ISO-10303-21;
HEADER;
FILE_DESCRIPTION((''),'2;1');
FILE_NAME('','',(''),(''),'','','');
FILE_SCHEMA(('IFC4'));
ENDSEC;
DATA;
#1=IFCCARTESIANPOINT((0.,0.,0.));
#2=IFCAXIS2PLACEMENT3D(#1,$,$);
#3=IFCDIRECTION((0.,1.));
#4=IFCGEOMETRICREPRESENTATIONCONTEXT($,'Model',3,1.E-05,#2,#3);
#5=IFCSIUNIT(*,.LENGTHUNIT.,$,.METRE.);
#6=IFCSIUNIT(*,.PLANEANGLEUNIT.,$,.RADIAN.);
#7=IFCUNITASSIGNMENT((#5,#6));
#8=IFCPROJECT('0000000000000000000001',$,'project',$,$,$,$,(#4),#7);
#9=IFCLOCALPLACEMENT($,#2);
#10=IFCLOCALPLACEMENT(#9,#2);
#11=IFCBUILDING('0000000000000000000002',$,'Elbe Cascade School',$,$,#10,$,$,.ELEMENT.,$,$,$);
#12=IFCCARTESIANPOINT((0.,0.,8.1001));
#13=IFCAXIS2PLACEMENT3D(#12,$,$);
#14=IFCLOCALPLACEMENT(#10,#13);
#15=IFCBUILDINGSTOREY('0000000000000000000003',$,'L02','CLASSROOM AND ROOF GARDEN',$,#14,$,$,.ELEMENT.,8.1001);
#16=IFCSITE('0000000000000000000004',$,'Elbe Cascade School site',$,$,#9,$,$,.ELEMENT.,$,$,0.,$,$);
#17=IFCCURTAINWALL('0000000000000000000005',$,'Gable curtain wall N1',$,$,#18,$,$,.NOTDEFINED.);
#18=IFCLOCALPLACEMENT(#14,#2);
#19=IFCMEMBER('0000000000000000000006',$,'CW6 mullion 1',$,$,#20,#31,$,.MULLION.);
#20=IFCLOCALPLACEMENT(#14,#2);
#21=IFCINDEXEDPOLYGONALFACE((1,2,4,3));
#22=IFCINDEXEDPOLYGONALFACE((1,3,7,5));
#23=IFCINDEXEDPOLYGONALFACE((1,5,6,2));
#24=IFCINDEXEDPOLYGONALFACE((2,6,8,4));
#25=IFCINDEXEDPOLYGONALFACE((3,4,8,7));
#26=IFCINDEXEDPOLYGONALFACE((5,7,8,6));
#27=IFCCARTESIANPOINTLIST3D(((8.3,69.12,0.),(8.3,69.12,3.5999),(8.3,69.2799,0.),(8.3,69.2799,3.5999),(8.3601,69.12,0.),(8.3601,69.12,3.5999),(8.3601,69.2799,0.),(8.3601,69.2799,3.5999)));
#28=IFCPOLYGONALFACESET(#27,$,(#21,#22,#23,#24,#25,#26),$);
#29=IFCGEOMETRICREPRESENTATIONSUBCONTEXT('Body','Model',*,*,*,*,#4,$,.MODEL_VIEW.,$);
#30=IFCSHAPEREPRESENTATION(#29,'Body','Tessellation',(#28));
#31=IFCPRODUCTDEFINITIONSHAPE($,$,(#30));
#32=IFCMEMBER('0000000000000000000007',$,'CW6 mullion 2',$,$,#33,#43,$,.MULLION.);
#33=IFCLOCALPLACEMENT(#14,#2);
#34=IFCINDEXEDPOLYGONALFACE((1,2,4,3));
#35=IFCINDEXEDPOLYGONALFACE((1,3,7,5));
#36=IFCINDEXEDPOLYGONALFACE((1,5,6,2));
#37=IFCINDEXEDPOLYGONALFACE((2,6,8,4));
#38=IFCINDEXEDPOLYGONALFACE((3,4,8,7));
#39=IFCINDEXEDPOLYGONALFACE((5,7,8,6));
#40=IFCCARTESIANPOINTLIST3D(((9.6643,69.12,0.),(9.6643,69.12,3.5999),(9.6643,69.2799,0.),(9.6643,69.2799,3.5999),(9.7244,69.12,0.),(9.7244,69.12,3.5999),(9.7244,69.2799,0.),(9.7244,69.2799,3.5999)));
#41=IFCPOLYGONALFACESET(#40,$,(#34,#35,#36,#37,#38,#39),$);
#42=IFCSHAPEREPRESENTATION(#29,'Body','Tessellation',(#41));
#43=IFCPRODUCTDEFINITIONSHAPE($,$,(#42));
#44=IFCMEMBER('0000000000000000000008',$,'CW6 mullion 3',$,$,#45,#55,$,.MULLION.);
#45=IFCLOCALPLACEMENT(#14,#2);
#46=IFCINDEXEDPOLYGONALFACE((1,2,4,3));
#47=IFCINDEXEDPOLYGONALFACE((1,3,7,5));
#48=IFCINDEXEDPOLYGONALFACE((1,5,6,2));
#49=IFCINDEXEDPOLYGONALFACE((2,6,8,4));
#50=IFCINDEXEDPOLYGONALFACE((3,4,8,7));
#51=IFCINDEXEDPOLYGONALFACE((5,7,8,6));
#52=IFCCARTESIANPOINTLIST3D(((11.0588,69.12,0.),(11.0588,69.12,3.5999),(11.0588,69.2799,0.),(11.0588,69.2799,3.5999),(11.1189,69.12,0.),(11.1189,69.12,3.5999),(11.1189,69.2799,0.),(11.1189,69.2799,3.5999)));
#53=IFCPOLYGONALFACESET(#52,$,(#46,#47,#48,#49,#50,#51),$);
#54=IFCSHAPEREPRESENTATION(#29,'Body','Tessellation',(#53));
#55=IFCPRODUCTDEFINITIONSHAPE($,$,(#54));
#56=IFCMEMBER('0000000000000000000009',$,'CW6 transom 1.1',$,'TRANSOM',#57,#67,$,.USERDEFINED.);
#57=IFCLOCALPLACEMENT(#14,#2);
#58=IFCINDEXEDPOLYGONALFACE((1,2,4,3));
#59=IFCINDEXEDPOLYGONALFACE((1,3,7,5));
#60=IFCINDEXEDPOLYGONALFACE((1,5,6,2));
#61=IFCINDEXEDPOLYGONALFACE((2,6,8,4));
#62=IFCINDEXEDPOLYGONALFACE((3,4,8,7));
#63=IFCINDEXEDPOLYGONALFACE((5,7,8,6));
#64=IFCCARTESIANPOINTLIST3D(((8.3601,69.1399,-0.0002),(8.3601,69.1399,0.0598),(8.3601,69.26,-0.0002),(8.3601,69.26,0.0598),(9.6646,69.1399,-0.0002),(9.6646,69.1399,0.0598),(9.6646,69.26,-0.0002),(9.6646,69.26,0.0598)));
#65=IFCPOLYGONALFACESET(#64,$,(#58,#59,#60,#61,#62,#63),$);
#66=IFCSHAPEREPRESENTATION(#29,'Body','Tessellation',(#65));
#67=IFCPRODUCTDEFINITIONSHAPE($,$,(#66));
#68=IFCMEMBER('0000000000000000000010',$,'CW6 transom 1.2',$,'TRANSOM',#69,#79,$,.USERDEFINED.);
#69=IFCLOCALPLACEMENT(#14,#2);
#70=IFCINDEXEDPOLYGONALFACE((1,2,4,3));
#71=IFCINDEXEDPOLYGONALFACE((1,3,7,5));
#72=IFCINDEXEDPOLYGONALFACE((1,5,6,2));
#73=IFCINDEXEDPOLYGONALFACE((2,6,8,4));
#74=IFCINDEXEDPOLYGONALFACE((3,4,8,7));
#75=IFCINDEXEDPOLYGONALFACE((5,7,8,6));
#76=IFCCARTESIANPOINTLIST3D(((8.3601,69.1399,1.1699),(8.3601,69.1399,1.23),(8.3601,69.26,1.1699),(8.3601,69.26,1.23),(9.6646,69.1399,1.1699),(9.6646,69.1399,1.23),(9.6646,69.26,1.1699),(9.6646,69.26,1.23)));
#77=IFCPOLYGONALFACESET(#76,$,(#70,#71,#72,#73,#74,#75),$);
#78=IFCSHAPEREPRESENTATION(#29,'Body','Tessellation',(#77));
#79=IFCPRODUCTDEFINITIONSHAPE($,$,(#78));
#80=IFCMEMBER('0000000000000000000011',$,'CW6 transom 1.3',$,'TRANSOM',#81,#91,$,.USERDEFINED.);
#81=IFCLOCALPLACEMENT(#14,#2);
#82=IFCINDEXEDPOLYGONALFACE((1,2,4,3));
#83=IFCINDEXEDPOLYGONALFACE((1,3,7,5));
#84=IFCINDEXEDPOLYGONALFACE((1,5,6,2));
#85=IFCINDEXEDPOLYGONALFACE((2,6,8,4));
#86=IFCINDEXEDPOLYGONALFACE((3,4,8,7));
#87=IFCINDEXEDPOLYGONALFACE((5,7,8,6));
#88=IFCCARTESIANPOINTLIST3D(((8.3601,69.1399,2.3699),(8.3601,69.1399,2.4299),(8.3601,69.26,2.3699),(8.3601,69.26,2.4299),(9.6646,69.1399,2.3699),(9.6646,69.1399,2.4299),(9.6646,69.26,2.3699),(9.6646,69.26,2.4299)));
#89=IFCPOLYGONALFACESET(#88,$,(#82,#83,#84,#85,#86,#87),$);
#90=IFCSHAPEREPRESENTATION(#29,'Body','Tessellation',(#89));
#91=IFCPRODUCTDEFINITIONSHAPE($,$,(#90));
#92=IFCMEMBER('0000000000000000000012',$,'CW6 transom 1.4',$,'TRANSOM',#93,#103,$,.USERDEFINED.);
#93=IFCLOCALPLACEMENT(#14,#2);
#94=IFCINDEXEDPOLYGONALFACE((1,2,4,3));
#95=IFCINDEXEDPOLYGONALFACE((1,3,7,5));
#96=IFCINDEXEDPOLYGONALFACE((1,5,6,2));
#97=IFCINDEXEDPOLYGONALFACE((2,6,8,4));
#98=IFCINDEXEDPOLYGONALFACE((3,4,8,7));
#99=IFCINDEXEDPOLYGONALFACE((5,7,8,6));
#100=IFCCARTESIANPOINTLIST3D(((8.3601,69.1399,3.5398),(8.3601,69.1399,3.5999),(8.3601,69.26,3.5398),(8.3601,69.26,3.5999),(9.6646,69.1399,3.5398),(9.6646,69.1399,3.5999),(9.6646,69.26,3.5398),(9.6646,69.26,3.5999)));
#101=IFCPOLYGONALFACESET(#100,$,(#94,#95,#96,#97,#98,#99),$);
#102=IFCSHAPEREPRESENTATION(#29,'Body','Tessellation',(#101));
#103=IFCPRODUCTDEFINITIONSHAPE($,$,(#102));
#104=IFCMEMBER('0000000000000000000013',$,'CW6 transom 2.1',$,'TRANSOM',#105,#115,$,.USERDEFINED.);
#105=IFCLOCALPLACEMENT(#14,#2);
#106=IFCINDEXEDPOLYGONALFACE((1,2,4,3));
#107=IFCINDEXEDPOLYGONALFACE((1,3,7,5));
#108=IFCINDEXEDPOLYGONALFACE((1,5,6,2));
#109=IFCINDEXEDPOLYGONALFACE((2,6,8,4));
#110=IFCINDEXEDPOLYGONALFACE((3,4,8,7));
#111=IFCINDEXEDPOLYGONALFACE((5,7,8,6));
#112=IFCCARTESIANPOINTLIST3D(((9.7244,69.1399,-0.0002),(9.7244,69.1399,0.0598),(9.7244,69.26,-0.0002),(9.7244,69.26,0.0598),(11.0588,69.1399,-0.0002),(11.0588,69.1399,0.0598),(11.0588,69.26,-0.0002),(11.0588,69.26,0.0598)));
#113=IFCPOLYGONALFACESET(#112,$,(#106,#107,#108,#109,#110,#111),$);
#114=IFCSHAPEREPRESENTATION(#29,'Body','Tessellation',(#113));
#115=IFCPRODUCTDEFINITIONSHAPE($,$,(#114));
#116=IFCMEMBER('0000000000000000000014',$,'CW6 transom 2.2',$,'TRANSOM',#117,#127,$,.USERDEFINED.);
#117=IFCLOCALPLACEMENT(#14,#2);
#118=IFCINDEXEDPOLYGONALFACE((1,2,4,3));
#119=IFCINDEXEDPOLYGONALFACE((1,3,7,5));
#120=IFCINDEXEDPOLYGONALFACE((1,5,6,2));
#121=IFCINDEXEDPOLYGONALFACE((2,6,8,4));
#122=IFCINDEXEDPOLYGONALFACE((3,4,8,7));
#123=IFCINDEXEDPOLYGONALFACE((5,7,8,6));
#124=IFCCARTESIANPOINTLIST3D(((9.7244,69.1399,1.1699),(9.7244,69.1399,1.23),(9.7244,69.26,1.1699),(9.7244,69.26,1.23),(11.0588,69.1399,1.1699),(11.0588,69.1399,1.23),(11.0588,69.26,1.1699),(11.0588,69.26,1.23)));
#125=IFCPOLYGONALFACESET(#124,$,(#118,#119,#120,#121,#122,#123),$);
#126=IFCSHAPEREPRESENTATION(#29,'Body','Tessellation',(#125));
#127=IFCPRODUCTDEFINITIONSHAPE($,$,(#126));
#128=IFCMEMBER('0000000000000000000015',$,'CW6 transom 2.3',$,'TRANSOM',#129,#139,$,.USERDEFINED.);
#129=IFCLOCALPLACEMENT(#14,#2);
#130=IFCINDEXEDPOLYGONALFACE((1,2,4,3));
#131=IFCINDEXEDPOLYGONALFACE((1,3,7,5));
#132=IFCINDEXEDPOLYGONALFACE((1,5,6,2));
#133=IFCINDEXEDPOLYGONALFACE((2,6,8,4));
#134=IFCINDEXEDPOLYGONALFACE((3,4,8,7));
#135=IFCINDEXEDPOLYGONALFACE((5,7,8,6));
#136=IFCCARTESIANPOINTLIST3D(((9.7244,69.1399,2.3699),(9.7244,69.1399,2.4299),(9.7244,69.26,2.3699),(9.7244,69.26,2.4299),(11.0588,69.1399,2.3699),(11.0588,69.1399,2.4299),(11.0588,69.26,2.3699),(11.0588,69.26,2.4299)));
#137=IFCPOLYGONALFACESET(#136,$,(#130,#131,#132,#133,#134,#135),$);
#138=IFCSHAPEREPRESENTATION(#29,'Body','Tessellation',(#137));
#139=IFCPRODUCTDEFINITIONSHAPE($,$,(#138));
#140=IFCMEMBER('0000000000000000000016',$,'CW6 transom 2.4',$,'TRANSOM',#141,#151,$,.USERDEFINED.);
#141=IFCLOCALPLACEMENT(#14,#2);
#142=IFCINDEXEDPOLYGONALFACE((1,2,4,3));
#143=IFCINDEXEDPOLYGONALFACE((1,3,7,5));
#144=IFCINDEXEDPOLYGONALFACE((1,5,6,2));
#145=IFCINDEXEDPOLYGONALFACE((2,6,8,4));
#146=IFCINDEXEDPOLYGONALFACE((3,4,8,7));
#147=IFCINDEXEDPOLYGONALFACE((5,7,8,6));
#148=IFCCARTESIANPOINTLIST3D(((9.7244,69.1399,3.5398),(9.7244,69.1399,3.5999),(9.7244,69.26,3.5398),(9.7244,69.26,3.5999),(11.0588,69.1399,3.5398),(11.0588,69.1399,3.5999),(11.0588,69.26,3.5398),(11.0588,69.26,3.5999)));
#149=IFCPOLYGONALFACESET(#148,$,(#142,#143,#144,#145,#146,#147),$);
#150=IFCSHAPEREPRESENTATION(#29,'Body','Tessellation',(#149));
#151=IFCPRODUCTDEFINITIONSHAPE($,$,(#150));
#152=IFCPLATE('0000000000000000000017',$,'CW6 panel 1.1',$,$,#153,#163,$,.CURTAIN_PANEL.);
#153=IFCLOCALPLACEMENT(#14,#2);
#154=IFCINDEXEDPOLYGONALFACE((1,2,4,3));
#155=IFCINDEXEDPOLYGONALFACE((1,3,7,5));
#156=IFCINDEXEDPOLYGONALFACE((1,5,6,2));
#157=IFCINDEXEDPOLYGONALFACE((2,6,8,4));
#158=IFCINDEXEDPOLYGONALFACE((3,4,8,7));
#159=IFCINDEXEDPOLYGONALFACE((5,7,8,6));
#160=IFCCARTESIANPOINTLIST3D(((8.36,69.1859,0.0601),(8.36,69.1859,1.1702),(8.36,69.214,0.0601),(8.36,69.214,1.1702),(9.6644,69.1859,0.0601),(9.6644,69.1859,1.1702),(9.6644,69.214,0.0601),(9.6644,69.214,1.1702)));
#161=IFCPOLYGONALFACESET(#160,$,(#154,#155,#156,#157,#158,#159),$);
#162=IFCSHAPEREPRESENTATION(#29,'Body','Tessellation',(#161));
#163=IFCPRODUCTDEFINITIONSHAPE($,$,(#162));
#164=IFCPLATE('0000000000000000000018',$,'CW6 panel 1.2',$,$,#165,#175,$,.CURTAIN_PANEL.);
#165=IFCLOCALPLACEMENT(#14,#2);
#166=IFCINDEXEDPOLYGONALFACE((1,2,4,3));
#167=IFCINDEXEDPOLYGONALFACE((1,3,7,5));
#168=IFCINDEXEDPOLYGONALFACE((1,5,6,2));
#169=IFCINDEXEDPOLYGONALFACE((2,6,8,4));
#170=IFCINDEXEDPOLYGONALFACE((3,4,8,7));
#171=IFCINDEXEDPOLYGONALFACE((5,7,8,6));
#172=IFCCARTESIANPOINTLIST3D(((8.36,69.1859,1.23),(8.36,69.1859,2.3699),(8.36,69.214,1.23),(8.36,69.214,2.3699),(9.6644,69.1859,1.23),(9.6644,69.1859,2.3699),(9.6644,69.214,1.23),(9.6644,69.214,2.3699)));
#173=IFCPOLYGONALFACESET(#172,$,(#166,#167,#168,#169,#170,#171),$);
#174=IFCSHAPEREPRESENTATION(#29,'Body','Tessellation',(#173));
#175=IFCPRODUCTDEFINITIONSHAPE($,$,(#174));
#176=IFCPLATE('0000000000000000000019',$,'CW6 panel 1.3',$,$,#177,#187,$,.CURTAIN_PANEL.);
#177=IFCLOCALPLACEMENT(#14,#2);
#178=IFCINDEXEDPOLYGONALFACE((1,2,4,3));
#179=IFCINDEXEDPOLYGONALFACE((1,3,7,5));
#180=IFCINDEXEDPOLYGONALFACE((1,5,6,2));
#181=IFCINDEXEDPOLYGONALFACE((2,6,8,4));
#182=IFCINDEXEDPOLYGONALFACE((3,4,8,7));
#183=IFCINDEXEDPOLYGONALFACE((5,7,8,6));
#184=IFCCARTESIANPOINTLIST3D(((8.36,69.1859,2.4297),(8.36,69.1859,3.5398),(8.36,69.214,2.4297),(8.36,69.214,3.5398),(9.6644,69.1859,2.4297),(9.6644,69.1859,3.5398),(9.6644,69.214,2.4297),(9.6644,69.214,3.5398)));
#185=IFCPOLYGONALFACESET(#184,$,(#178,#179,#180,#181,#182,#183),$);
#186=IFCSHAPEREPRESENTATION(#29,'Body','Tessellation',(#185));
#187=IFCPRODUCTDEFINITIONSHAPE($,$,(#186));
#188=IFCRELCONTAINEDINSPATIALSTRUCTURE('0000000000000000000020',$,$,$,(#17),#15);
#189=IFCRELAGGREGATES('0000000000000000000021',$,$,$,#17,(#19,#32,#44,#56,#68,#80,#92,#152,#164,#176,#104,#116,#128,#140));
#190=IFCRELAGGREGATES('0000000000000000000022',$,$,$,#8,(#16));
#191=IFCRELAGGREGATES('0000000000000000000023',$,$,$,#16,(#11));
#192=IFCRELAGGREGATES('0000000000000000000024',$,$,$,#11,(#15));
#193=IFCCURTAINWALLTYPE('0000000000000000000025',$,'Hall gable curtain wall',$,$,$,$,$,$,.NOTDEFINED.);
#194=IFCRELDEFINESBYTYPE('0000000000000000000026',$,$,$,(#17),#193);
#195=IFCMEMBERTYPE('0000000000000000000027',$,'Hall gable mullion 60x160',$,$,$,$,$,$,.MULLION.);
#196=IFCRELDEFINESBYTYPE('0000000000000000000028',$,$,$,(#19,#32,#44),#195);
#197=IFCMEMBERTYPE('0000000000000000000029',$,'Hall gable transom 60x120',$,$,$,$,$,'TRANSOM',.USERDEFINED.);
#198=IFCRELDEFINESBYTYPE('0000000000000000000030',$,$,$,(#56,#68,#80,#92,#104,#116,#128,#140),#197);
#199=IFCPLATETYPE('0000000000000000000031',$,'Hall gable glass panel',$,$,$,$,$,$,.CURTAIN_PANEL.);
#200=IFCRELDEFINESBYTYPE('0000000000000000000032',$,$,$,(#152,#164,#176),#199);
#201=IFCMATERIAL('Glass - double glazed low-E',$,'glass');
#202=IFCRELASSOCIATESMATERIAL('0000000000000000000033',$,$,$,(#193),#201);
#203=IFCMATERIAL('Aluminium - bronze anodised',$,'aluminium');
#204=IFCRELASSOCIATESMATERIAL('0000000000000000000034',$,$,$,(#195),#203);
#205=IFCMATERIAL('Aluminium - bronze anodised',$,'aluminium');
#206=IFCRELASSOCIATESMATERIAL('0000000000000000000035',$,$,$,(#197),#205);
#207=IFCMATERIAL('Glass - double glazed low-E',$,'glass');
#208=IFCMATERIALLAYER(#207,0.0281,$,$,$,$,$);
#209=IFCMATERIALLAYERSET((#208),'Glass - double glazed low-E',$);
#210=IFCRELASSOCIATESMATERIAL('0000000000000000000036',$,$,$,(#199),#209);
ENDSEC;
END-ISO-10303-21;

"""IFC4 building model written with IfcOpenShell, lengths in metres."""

from ifc_helpers import new_model, si_unit, direction, frame, origin, origin_2d, place, context, subcontext, project, spatial, rectangle, extrude, material, layer, layer_set, material_profile, profile_set, type_object, element, aggregate, save


model = new_model("IFC4")

# Units and contexts
model_context = context("Model", 3, precision=1e-05, world=origin(), true_north=direction((0.0, 1.0)))
body_context = subcontext(model_context, "Body", "Model", "MODEL_VIEW")
ifc_project = project(units=[si_unit("LENGTHUNIT", "METRE"), si_unit("PLANEANGLEUNIT", "RADIAN")], contexts=[model_context])

# Site, building, storey
site_placement = place(None, origin())
site = spatial("IfcSite", under=ifc_project, at=site_placement, Name="Elbe Cascade School site", CompositionType="ELEMENT", RefElevation=0.0)
building_placement = place(site_placement, origin())
building = spatial("IfcBuilding", under=site, at=building_placement, Name="Elbe Cascade School", CompositionType="ELEMENT")
storey_placement = place(building_placement, frame((0.0, 0.0, 8.1001)))
storey = spatial("IfcBuildingStorey", under=building, at=storey_placement, Name="L02", Description="CLASSROOM AND ROOF GARDEN", CompositionType="ELEMENT", Elevation=8.1001)

# Curtain wall, members, plates
ifc_material_1 = material(Name="Glass - double glazed low-E", Category="glass")
curtain_wall_type = type_object("IfcCurtainWallType", Name="Hall gable curtain wall", PredefinedType="NOTDEFINED", material=ifc_material_1)
curtain_wall_placement = place(storey_placement, origin())
curtain_wall = element("IfcCurtainWall", 1, at=curtain_wall_placement, inside=storey, type_object=curtain_wall_type, Name="Gable curtain wall N1", PredefinedType="NOTDEFINED")
ifc_material_2 = material(Name="Aluminium - bronze anodised", Category="aluminium")
ifc_material_profile_1 = material_profile(ifc_material_2, rectangle(XDim=0.1599, YDim=0.0601, at=origin_2d()), Name="Alu 60x160")
ifc_profile_set_1 = profile_set([ifc_material_profile_1], Name="Aluminium - bronze anodised")
member_type_1 = type_object("IfcMemberType", Name="Hall gable mullion 60x160", PredefinedType="MULLION", material=ifc_profile_set_1)
member_1_placement = place(storey_placement, frame((8.3301, 69.2, 0.0), z_axis=(0.0, 0.0, 1.0), x_axis=(0.0, 1.0, 0.0)))
member_1 = element("IfcMember", 2, at=member_1_placement, type_object=member_type_1, Name="CW6 mullion 1", PredefinedType="MULLION", context=body_context, shape_type="SweptSolid", body=[
    extrude(rectangle(XDim=0.1599, YDim=0.0601, at=origin_2d()), origin(), (0.0, 0.0, 1.0), 3.5999),
])
member_2_placement = place(storey_placement, frame((9.6943, 69.2, 0.0), z_axis=(0.0, 0.0, 1.0), x_axis=(0.0, 1.0, 0.0)))
member_2 = element("IfcMember", 3, at=member_2_placement, type_object=member_type_1, Name="CW6 mullion 2", PredefinedType="MULLION", context=body_context, shape_type="SweptSolid", body=[
    extrude(rectangle(XDim=0.1599, YDim=0.0601, at=origin_2d()), origin(), (0.0, 0.0, 1.0), 3.5999),
])
member_3_placement = place(storey_placement, frame((11.0889, 69.2, 0.0), z_axis=(0.0, 0.0, 1.0), x_axis=(0.0, 1.0, 0.0)))
member_3 = element("IfcMember", 4, at=member_3_placement, type_object=member_type_1, Name="CW6 mullion 3", PredefinedType="MULLION", context=body_context, shape_type="SweptSolid", body=[
    extrude(rectangle(XDim=0.1599, YDim=0.0601, at=origin_2d()), origin(), (0.0, 0.0, 1.0), 3.5999),
])
ifc_material_3 = material(Name="Aluminium - bronze anodised", Category="aluminium")
ifc_material_profile_2 = material_profile(ifc_material_3, rectangle(XDim=0.1201, YDim=0.0601, at=origin_2d()), Name="Alu 60x120")
ifc_profile_set_2 = profile_set([ifc_material_profile_2], Name="Aluminium - bronze anodised")
member_type_2 = type_object("IfcMemberType", Name="Hall gable transom 60x120", ElementType="TRANSOM", PredefinedType="USERDEFINED", material=ifc_profile_set_2)
member_4_placement = place(storey_placement, frame((8.3601, 69.2, 0.0298), z_axis=(1.0, 0.0, 0.0), x_axis=(0.0, 1.0, 0.0)))
member_4 = element("IfcMember", 5, at=member_4_placement, type_object=member_type_2, Name="CW6 transom 1.1", ObjectType="TRANSOM", PredefinedType="USERDEFINED", context=body_context, shape_type="SweptSolid", body=[
    extrude(rectangle(XDim=0.1201, YDim=0.0601, at=origin_2d()), origin(), (0.0, 0.0, 1.0), 1.3044),
])
member_5_placement = place(storey_placement, frame((8.3601, 69.2, 1.2), z_axis=(1.0, 0.0, 0.0), x_axis=(0.0, 1.0, 0.0)))
member_5 = element("IfcMember", 6, at=member_5_placement, type_object=member_type_2, Name="CW6 transom 1.2", ObjectType="TRANSOM", PredefinedType="USERDEFINED", context=body_context, shape_type="SweptSolid", body=[
    extrude(rectangle(XDim=0.1201, YDim=0.0601, at=origin_2d()), origin(), (0.0, 0.0, 1.0), 1.3044),
])
member_6_placement = place(storey_placement, frame((8.3601, 69.2, 2.3999), z_axis=(1.0, 0.0, 0.0), x_axis=(0.0, 1.0, 0.0)))
member_6 = element("IfcMember", 7, at=member_6_placement, type_object=member_type_2, Name="CW6 transom 1.3", ObjectType="TRANSOM", PredefinedType="USERDEFINED", context=body_context, shape_type="SweptSolid", body=[
    extrude(rectangle(XDim=0.1201, YDim=0.0601, at=origin_2d()), origin(), (0.0, 0.0, 1.0), 1.3044),
])
member_7_placement = place(storey_placement, frame((8.3601, 69.2, 3.5698), z_axis=(1.0, 0.0, 0.0), x_axis=(0.0, 1.0, 0.0)))
member_7 = element("IfcMember", 8, at=member_7_placement, type_object=member_type_2, Name="CW6 transom 1.4", ObjectType="TRANSOM", PredefinedType="USERDEFINED", context=body_context, shape_type="SweptSolid", body=[
    extrude(rectangle(XDim=0.1201, YDim=0.0601, at=origin_2d()), origin(), (0.0, 0.0, 1.0), 1.3044),
])
member_8_placement = place(storey_placement, frame((9.7244, 69.2, 0.0298), z_axis=(1.0, 0.0, 0.0), x_axis=(0.0, 1.0, 0.0)))
member_8 = element("IfcMember", 9, at=member_8_placement, type_object=member_type_2, Name="CW6 transom 2.1", ObjectType="TRANSOM", PredefinedType="USERDEFINED", context=body_context, shape_type="SweptSolid", body=[
    extrude(rectangle(XDim=0.1201, YDim=0.0601, at=origin_2d()), origin(), (0.0, 0.0, 1.0), 1.3345),
])
member_9_placement = place(storey_placement, frame((9.7244, 69.2, 1.2), z_axis=(1.0, 0.0, 0.0), x_axis=(0.0, 1.0, 0.0)))
member_9 = element("IfcMember", 10, at=member_9_placement, type_object=member_type_2, Name="CW6 transom 2.2", ObjectType="TRANSOM", PredefinedType="USERDEFINED", context=body_context, shape_type="SweptSolid", body=[
    extrude(rectangle(XDim=0.1201, YDim=0.0601, at=origin_2d()), origin(), (0.0, 0.0, 1.0), 1.3345),
])
member_10_placement = place(storey_placement, frame((9.7244, 69.2, 2.3999), z_axis=(1.0, 0.0, 0.0), x_axis=(0.0, 1.0, 0.0)))
member_10 = element("IfcMember", 11, at=member_10_placement, type_object=member_type_2, Name="CW6 transom 2.3", ObjectType="TRANSOM", PredefinedType="USERDEFINED", context=body_context, shape_type="SweptSolid", body=[
    extrude(rectangle(XDim=0.1201, YDim=0.0601, at=origin_2d()), origin(), (0.0, 0.0, 1.0), 1.3345),
])
member_11_placement = place(storey_placement, frame((9.7244, 69.2, 3.5698), z_axis=(1.0, 0.0, 0.0), x_axis=(0.0, 1.0, 0.0)))
member_11 = element("IfcMember", 12, at=member_11_placement, type_object=member_type_2, Name="CW6 transom 2.4", ObjectType="TRANSOM", PredefinedType="USERDEFINED", context=body_context, shape_type="SweptSolid", body=[
    extrude(rectangle(XDim=0.1201, YDim=0.0601, at=origin_2d()), origin(), (0.0, 0.0, 1.0), 1.3345),
])
ifc_material_4 = material(Name="Glass - double glazed low-E", Category="glass")
ifc_layer_1 = layer(ifc_material_4, 0.0281)
ifc_layer_set_1 = layer_set([ifc_layer_1], Name="Glass - double glazed low-E")
plate_type = type_object("IfcPlateType", Name="Hall gable glass panel", PredefinedType="CURTAIN_PANEL", material=ifc_layer_set_1)
plate_1_placement = place(storey_placement, frame((9.0122, 69.2, 0.0601), z_axis=(0.0, 0.0, 1.0), x_axis=(1.0, 0.0, 0.0)))
plate_1 = element("IfcPlate", 13, at=plate_1_placement, type_object=plate_type, Name="CW6 panel 1.1", PredefinedType="CURTAIN_PANEL", context=body_context, shape_type="SweptSolid", body=[
    extrude(rectangle(XDim=1.3044, YDim=0.0281, at=origin_2d()), origin(), (0.0, 0.0, 1.0), 1.1101),
])
plate_2_placement = place(storey_placement, frame((9.0122, 69.2, 1.23), z_axis=(0.0, 0.0, 1.0), x_axis=(1.0, 0.0, 0.0)))
plate_2 = element("IfcPlate", 14, at=plate_2_placement, type_object=plate_type, Name="CW6 panel 1.2", PredefinedType="CURTAIN_PANEL", context=body_context, shape_type="SweptSolid", body=[
    extrude(rectangle(XDim=1.3044, YDim=0.0281, at=origin_2d()), origin(), (0.0, 0.0, 1.0), 1.1399),
])
plate_3_placement = place(storey_placement, frame((9.0122, 69.2, 2.4297), z_axis=(0.0, 0.0, 1.0), x_axis=(1.0, 0.0, 0.0)))
plate_3 = element("IfcPlate", 15, at=plate_3_placement, type_object=plate_type, Name="CW6 panel 1.3", PredefinedType="CURTAIN_PANEL", context=body_context, shape_type="SweptSolid", body=[
    extrude(rectangle(XDim=1.3044, YDim=0.0281, at=origin_2d()), origin(), (0.0, 0.0, 1.0), 1.1101),
])
aggregate(curtain_wall, [member_1, member_2, member_3, member_4, member_5, member_6, member_7, plate_1, plate_2, plate_3, member_8, member_9, member_10, member_11])

save(model, "model.ifc")
